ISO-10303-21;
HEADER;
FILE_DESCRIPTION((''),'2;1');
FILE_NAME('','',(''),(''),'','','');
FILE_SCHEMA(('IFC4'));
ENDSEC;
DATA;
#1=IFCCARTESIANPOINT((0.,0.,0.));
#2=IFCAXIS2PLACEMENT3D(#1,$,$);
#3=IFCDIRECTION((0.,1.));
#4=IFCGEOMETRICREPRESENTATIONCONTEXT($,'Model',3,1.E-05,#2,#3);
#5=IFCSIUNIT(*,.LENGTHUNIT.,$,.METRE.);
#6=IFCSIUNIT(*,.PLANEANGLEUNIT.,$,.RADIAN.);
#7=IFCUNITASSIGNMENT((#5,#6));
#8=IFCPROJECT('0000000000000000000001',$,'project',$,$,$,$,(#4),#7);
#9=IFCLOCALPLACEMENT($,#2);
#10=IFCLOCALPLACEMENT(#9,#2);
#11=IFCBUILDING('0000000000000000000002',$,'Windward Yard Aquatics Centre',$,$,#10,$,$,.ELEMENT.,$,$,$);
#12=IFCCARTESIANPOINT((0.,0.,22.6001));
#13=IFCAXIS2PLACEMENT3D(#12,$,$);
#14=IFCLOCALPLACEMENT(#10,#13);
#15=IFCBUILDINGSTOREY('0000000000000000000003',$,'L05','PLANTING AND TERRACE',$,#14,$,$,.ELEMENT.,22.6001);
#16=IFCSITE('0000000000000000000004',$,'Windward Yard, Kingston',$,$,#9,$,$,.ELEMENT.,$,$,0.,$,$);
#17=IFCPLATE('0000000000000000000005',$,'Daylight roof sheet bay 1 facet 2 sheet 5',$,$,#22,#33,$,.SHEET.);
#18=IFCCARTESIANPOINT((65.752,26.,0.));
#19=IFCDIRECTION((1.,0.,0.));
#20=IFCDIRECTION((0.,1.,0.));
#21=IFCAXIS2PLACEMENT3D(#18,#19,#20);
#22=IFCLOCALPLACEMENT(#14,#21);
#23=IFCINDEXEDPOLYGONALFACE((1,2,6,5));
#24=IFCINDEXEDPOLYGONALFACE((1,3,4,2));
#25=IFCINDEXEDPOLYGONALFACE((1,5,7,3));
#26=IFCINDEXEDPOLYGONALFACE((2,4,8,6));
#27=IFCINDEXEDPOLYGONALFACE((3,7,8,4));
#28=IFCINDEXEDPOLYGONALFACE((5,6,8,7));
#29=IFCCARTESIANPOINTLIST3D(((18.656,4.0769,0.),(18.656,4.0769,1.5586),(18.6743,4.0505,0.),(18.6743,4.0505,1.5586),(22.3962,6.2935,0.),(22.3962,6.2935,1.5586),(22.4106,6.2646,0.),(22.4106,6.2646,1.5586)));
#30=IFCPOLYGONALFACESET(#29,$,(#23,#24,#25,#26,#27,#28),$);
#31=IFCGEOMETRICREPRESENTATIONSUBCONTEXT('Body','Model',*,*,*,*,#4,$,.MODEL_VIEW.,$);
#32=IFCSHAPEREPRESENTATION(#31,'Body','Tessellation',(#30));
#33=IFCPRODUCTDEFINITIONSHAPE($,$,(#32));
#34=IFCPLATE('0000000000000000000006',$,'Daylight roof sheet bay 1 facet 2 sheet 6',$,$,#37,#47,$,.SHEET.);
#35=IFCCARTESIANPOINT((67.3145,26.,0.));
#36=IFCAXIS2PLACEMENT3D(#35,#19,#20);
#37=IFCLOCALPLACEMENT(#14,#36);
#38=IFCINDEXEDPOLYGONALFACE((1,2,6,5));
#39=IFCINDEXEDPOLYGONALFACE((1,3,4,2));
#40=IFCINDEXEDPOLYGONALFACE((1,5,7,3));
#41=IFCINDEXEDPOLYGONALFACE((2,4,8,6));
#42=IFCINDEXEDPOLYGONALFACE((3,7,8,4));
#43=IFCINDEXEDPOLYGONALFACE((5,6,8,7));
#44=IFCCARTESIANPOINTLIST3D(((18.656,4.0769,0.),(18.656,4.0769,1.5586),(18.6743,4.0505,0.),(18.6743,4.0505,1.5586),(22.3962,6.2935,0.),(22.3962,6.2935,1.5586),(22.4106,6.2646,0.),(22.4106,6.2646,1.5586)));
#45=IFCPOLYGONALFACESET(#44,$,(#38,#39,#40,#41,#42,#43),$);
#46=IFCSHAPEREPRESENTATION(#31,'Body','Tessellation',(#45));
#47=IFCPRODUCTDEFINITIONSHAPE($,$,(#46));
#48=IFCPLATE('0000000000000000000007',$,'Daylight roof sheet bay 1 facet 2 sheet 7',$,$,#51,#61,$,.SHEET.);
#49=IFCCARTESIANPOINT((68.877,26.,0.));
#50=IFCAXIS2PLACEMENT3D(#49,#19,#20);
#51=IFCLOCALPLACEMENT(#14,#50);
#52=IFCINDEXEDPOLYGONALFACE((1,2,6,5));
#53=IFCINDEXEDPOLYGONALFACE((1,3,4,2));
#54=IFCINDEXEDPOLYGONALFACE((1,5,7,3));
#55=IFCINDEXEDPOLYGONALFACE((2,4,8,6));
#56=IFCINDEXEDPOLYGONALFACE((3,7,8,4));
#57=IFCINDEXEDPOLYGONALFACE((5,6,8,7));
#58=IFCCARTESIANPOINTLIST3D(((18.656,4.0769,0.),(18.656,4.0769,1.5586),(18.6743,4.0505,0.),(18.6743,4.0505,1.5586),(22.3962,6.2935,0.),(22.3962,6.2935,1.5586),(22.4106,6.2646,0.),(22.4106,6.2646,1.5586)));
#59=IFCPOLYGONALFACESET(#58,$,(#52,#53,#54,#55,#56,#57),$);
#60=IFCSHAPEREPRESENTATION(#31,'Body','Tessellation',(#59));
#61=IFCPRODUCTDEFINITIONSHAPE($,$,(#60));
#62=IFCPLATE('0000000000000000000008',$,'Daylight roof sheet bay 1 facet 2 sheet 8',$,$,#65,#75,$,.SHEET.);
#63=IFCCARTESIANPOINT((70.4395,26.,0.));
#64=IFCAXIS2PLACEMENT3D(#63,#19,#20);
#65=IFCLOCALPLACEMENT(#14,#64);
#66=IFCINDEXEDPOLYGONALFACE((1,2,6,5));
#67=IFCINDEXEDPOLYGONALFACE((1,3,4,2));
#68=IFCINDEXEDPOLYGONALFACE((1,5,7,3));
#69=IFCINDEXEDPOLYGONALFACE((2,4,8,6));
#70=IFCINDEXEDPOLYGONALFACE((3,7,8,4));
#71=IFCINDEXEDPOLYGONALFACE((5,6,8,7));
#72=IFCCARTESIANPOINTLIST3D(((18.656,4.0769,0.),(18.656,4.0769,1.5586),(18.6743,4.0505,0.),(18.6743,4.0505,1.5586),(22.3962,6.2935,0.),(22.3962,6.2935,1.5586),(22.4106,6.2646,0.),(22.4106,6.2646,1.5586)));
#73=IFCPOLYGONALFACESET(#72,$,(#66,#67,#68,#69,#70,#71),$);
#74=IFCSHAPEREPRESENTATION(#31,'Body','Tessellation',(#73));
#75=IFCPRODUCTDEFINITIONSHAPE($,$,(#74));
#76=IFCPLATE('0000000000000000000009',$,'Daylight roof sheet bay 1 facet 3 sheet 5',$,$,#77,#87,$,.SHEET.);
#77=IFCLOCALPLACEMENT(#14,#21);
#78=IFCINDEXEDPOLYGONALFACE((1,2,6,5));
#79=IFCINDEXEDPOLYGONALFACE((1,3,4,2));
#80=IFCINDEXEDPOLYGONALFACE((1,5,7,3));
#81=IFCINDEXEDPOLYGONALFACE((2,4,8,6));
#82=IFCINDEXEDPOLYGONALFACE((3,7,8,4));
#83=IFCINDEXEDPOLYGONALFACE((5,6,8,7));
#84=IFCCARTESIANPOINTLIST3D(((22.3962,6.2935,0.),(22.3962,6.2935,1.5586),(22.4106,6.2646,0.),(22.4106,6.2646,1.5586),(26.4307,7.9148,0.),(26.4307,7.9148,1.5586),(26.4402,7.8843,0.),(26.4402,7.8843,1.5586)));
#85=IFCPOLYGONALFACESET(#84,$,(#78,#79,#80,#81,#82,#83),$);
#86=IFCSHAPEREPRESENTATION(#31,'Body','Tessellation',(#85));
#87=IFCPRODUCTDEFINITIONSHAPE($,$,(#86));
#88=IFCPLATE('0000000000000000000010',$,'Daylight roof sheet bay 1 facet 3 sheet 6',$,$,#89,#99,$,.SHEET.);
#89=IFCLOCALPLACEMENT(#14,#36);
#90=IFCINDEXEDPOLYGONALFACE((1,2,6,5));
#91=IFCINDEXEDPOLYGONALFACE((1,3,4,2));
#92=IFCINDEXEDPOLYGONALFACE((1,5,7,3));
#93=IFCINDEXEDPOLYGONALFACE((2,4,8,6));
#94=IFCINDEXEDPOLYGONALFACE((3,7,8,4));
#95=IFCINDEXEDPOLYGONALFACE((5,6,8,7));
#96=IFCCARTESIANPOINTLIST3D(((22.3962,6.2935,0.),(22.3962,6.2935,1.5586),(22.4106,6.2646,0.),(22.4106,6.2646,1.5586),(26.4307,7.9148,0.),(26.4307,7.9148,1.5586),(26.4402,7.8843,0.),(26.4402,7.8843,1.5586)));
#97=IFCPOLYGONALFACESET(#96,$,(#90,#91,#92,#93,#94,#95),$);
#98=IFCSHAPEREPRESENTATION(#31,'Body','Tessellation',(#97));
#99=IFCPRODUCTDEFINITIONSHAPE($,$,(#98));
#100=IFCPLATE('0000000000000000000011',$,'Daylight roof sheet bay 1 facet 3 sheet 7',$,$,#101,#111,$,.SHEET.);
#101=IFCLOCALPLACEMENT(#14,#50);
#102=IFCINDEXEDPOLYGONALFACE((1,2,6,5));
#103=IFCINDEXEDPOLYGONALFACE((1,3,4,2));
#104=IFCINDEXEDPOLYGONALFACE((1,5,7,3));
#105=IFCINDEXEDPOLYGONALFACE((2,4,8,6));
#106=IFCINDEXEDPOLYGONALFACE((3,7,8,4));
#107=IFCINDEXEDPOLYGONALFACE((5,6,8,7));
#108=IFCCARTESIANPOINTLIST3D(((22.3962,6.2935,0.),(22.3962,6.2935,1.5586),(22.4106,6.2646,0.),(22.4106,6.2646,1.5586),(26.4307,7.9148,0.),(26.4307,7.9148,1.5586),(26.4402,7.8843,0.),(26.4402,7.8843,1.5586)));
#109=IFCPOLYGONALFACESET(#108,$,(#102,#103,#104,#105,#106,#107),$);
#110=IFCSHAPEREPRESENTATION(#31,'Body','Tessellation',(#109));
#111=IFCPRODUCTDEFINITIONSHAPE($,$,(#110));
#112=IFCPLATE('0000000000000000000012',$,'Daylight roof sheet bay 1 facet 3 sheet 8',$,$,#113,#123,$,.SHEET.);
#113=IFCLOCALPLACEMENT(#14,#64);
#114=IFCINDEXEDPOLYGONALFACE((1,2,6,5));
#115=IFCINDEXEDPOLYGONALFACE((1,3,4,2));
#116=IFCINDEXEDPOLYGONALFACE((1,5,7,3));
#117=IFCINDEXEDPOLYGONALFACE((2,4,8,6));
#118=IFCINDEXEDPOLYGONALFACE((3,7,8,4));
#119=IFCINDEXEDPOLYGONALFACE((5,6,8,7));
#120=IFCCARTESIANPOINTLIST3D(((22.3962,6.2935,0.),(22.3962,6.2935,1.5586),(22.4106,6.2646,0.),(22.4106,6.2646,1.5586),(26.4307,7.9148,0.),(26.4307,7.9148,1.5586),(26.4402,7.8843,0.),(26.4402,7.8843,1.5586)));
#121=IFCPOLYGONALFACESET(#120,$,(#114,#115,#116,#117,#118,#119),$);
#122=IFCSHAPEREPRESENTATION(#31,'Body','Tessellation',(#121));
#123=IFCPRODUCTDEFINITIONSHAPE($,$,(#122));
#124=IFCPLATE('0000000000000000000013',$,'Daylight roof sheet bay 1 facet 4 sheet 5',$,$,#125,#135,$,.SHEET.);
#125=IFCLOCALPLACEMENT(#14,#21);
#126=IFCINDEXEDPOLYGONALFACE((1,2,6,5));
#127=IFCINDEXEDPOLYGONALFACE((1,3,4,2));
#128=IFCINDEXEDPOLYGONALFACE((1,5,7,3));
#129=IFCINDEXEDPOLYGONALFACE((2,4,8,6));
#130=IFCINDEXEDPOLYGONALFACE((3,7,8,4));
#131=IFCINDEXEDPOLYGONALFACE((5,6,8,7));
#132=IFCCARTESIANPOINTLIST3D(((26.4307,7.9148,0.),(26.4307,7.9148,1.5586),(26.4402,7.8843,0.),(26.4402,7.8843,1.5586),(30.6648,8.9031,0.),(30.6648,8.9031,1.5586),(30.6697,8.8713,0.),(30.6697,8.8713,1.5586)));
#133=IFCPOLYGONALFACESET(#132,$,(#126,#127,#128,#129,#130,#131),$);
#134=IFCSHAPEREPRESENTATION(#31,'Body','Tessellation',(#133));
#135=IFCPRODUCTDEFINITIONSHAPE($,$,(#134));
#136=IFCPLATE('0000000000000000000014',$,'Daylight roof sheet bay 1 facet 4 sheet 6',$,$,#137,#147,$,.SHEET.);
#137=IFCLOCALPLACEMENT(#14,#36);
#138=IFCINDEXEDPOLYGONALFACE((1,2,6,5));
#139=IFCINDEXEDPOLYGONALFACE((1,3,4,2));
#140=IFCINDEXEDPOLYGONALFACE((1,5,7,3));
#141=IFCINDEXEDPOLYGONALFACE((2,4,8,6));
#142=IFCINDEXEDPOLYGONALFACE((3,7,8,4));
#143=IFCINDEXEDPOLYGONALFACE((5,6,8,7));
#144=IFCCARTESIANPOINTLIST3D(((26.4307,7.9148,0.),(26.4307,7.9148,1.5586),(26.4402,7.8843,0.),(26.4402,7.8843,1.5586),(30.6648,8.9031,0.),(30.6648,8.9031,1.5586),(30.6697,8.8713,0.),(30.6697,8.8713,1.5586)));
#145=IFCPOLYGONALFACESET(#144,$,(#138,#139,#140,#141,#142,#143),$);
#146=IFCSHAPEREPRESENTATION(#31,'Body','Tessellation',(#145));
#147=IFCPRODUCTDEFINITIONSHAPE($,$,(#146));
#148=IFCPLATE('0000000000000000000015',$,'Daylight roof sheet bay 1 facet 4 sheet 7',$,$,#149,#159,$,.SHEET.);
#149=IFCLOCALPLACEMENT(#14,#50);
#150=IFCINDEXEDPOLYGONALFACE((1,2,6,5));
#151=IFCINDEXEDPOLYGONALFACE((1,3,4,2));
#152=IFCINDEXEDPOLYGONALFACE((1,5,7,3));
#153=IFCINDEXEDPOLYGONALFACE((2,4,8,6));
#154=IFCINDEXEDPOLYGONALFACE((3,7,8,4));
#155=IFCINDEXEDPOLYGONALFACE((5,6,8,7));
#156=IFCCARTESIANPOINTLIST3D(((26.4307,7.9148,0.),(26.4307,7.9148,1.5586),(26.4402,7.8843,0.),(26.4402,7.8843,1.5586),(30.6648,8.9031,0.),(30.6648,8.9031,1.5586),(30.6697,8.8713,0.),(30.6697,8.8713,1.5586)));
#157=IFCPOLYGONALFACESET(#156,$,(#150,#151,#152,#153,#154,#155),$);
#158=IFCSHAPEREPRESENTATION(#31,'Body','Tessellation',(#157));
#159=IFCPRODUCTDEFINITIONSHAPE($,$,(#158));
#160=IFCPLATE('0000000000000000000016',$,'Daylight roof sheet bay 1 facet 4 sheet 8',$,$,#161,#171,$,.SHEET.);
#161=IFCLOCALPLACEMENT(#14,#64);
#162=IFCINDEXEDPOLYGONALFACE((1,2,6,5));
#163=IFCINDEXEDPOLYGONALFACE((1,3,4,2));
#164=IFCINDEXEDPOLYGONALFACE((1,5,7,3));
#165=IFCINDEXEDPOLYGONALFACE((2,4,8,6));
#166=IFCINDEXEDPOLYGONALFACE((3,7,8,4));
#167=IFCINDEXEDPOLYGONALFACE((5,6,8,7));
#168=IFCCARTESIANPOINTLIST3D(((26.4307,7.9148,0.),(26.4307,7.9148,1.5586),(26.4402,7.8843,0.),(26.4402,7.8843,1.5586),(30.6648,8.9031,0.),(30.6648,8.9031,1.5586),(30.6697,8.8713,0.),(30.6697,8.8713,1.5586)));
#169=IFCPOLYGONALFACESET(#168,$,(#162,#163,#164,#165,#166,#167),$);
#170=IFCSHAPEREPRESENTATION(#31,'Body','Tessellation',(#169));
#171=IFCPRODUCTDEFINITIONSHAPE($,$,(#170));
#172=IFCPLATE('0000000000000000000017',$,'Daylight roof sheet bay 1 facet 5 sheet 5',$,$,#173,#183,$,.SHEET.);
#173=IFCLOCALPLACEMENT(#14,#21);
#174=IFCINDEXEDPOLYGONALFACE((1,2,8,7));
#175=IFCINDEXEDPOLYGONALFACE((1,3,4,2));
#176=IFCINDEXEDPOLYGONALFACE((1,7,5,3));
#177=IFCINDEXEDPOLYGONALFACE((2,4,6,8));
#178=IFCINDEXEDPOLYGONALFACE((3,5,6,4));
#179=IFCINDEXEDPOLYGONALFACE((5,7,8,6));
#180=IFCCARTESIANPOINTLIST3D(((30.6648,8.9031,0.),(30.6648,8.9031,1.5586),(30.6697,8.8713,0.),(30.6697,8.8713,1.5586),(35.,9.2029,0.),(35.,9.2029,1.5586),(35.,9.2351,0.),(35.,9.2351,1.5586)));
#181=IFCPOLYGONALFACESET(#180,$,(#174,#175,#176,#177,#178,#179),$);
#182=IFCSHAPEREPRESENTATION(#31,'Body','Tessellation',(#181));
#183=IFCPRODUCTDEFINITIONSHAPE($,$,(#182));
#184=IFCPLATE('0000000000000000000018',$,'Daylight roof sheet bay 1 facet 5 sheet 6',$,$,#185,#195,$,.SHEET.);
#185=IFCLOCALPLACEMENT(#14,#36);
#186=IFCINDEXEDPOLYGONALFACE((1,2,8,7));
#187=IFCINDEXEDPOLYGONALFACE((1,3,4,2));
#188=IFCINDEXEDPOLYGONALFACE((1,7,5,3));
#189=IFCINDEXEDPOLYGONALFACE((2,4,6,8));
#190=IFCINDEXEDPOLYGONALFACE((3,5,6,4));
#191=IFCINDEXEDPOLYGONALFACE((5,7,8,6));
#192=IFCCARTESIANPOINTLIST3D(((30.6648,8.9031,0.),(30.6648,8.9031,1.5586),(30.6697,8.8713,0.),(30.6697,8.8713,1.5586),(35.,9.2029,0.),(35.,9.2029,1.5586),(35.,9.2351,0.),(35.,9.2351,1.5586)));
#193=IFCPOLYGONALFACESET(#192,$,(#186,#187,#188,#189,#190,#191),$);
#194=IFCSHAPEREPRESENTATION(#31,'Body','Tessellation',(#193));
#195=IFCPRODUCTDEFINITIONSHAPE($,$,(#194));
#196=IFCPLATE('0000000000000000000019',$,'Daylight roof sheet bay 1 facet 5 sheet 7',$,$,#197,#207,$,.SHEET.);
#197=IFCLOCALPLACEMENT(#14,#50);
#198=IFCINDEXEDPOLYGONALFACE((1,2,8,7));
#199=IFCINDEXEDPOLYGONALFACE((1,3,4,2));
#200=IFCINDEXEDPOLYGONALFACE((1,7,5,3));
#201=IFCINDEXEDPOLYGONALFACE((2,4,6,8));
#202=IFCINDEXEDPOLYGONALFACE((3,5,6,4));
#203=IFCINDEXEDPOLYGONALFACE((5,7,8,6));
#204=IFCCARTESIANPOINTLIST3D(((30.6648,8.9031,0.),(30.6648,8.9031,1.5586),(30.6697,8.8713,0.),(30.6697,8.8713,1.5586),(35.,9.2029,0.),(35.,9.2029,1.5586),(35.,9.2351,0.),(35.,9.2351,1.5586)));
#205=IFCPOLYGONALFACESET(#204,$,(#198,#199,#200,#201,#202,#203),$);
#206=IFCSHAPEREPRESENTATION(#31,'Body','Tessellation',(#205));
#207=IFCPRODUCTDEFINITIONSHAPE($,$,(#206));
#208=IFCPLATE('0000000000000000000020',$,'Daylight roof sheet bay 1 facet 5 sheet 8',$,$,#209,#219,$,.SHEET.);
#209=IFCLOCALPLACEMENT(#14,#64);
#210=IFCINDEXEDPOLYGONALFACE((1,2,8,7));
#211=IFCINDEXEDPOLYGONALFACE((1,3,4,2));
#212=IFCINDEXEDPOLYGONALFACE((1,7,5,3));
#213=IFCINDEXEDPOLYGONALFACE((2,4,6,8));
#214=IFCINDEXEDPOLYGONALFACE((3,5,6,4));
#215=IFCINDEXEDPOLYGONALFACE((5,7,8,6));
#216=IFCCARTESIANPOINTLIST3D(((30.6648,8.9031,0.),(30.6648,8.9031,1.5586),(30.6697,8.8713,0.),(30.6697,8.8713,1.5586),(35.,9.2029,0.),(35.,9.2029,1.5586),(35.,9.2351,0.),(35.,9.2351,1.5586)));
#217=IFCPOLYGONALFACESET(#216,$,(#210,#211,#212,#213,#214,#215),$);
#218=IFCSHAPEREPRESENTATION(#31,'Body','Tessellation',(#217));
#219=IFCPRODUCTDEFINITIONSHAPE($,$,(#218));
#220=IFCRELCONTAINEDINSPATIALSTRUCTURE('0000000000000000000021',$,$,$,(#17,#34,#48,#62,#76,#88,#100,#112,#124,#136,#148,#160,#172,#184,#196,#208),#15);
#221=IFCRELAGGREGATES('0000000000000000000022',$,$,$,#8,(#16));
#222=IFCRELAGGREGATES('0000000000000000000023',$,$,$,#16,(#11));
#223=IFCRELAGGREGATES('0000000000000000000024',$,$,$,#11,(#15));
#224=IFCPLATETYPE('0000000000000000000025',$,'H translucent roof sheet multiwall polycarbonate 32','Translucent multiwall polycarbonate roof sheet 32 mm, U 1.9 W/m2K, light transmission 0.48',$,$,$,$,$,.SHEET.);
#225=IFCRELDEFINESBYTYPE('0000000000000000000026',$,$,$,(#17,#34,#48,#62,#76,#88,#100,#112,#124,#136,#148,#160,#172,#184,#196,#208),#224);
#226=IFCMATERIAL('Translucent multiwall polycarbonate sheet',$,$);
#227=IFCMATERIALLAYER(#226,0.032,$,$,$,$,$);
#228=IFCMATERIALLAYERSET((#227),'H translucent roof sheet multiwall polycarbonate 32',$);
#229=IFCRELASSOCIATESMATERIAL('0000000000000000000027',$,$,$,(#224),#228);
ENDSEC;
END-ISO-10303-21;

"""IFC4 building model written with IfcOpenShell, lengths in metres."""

from ifc_helpers import new_model, si_unit, direction, frame, origin, place, context, subcontext, project, spatial, polyline, outline, extrude, material, layer, layer_set, type_object, element, save


model = new_model("IFC4")

# Units and contexts
model_context = context("Model", 3, precision=1e-05, world=origin(), true_north=direction((0.0, 1.0)))
body_context = subcontext(model_context, "Body", "Model", "MODEL_VIEW")
ifc_project = project(units=[si_unit("LENGTHUNIT", "METRE"), si_unit("PLANEANGLEUNIT", "RADIAN")], contexts=[model_context])

# Site, building, storey
site_placement = place(None, origin())
site = spatial("IfcSite", under=ifc_project, at=site_placement, Name="Windward Yard, Kingston", CompositionType="ELEMENT", RefElevation=0.0)
building_placement = place(site_placement, origin())
building = spatial("IfcBuilding", under=site, at=building_placement, Name="Windward Yard Aquatics Centre", CompositionType="ELEMENT")
storey_placement = place(building_placement, frame((0.0, 0.0, 22.6001)))
storey = spatial("IfcBuildingStorey", under=building, at=storey_placement, Name="L05", Description="PLANTING AND TERRACE", CompositionType="ELEMENT", Elevation=22.6001)

# Plates
ifc_material = material(Name="Translucent multiwall polycarbonate sheet")
ifc_layer = layer(ifc_material, 0.032)
ifc_layer_set = layer_set([ifc_layer], Name="H translucent roof sheet multiwall polycarbonate 32")
plate_type = type_object("IfcPlateType", Name="H translucent roof sheet multiwall polycarbonate 32", Description="Translucent multiwall polycarbonate roof sheet 32 mm, U 1.9 W/m2K, light transmission 0.48", PredefinedType="SHEET", material=ifc_layer_set)
for number, where, z_axis, x_axis, name in (
    (1, (65.752, 26.0, 0.0), (1.0, 0.0, 0.0), (0.0, 1.0, 0.0), "Daylight roof sheet bay 1 facet 2 sheet 5"),
    (2, (67.3145, 26.0, 0.0), (1.0, 0.0, 0.0), (0.0, 1.0, 0.0), "Daylight roof sheet bay 1 facet 2 sheet 6"),
    (3, (68.877, 26.0, 0.0), (1.0, 0.0, 0.0), (0.0, 1.0, 0.0), "Daylight roof sheet bay 1 facet 2 sheet 7"),
    (4, (70.4395, 26.0, 0.0), (1.0, 0.0, 0.0), (0.0, 1.0, 0.0), "Daylight roof sheet bay 1 facet 2 sheet 8"),
):
    element("IfcPlate", number, at=place(storey_placement, frame(where, z_axis=z_axis, x_axis=x_axis)), inside=storey, type_object=plate_type, Name=name, PredefinedType="SHEET", context=body_context, shape_type="SweptSolid", body=[
        extrude(outline(polyline([(18.6743, 4.0505), (22.4106, 6.2646), (22.3962, 6.2935), (18.656, 4.0769), (18.6743, 4.0505)])), origin(), (0.0, 0.0, 1.0), 1.5586),
    ])
for number, where, z_axis, x_axis, name in (
    (5, (65.752, 26.0, 0.0), (1.0, 0.0, 0.0), (0.0, 1.0, 0.0), "Daylight roof sheet bay 1 facet 3 sheet 5"),
    (6, (67.3145, 26.0, 0.0), (1.0, 0.0, 0.0), (0.0, 1.0, 0.0), "Daylight roof sheet bay 1 facet 3 sheet 6"),
    (7, (68.877, 26.0, 0.0), (1.0, 0.0, 0.0), (0.0, 1.0, 0.0), "Daylight roof sheet bay 1 facet 3 sheet 7"),
    (8, (70.4395, 26.0, 0.0), (1.0, 0.0, 0.0), (0.0, 1.0, 0.0), "Daylight roof sheet bay 1 facet 3 sheet 8"),
):
    element("IfcPlate", number, at=place(storey_placement, frame(where, z_axis=z_axis, x_axis=x_axis)), inside=storey, type_object=plate_type, Name=name, PredefinedType="SHEET", context=body_context, shape_type="SweptSolid", body=[
        extrude(outline(polyline([(22.4106, 6.2646), (26.4402, 7.8843), (26.4307, 7.9148), (22.3962, 6.2935), (22.4106, 6.2646)])), origin(), (0.0, 0.0, 1.0), 1.5586),
    ])
for number, where, z_axis, x_axis, name in (
    (9, (65.752, 26.0, 0.0), (1.0, 0.0, 0.0), (0.0, 1.0, 0.0), "Daylight roof sheet bay 1 facet 4 sheet 5"),
    (10, (67.3145, 26.0, 0.0), (1.0, 0.0, 0.0), (0.0, 1.0, 0.0), "Daylight roof sheet bay 1 facet 4 sheet 6"),
    (11, (68.877, 26.0, 0.0), (1.0, 0.0, 0.0), (0.0, 1.0, 0.0), "Daylight roof sheet bay 1 facet 4 sheet 7"),
    (12, (70.4395, 26.0, 0.0), (1.0, 0.0, 0.0), (0.0, 1.0, 0.0), "Daylight roof sheet bay 1 facet 4 sheet 8"),
):
    element("IfcPlate", number, at=place(storey_placement, frame(where, z_axis=z_axis, x_axis=x_axis)), inside=storey, type_object=plate_type, Name=name, PredefinedType="SHEET", context=body_context, shape_type="SweptSolid", body=[
        extrude(outline(polyline([(26.4402, 7.8843), (30.6697, 8.8713), (30.6648, 8.9031), (26.4307, 7.9148), (26.4402, 7.8843)])), origin(), (0.0, 0.0, 1.0), 1.5586),
    ])
for number, where, z_axis, x_axis, name in (
    (13, (65.752, 26.0, 0.0), (1.0, 0.0, 0.0), (0.0, 1.0, 0.0), "Daylight roof sheet bay 1 facet 5 sheet 5"),
    (14, (67.3145, 26.0, 0.0), (1.0, 0.0, 0.0), (0.0, 1.0, 0.0), "Daylight roof sheet bay 1 facet 5 sheet 6"),
    (15, (68.877, 26.0, 0.0), (1.0, 0.0, 0.0), (0.0, 1.0, 0.0), "Daylight roof sheet bay 1 facet 5 sheet 7"),
    (16, (70.4395, 26.0, 0.0), (1.0, 0.0, 0.0), (0.0, 1.0, 0.0), "Daylight roof sheet bay 1 facet 5 sheet 8"),
):
    element("IfcPlate", number, at=place(storey_placement, frame(where, z_axis=z_axis, x_axis=x_axis)), inside=storey, type_object=plate_type, Name=name, PredefinedType="SHEET", context=body_context, shape_type="SweptSolid", body=[
        extrude(outline(polyline([(30.6697, 8.8713), (35.0, 9.2029), (35.0, 9.2351), (30.6648, 8.9031), (30.6697, 8.8713)])), origin(), (0.0, 0.0, 1.0), 1.5586),
    ])

save(model, "model.ifc")
